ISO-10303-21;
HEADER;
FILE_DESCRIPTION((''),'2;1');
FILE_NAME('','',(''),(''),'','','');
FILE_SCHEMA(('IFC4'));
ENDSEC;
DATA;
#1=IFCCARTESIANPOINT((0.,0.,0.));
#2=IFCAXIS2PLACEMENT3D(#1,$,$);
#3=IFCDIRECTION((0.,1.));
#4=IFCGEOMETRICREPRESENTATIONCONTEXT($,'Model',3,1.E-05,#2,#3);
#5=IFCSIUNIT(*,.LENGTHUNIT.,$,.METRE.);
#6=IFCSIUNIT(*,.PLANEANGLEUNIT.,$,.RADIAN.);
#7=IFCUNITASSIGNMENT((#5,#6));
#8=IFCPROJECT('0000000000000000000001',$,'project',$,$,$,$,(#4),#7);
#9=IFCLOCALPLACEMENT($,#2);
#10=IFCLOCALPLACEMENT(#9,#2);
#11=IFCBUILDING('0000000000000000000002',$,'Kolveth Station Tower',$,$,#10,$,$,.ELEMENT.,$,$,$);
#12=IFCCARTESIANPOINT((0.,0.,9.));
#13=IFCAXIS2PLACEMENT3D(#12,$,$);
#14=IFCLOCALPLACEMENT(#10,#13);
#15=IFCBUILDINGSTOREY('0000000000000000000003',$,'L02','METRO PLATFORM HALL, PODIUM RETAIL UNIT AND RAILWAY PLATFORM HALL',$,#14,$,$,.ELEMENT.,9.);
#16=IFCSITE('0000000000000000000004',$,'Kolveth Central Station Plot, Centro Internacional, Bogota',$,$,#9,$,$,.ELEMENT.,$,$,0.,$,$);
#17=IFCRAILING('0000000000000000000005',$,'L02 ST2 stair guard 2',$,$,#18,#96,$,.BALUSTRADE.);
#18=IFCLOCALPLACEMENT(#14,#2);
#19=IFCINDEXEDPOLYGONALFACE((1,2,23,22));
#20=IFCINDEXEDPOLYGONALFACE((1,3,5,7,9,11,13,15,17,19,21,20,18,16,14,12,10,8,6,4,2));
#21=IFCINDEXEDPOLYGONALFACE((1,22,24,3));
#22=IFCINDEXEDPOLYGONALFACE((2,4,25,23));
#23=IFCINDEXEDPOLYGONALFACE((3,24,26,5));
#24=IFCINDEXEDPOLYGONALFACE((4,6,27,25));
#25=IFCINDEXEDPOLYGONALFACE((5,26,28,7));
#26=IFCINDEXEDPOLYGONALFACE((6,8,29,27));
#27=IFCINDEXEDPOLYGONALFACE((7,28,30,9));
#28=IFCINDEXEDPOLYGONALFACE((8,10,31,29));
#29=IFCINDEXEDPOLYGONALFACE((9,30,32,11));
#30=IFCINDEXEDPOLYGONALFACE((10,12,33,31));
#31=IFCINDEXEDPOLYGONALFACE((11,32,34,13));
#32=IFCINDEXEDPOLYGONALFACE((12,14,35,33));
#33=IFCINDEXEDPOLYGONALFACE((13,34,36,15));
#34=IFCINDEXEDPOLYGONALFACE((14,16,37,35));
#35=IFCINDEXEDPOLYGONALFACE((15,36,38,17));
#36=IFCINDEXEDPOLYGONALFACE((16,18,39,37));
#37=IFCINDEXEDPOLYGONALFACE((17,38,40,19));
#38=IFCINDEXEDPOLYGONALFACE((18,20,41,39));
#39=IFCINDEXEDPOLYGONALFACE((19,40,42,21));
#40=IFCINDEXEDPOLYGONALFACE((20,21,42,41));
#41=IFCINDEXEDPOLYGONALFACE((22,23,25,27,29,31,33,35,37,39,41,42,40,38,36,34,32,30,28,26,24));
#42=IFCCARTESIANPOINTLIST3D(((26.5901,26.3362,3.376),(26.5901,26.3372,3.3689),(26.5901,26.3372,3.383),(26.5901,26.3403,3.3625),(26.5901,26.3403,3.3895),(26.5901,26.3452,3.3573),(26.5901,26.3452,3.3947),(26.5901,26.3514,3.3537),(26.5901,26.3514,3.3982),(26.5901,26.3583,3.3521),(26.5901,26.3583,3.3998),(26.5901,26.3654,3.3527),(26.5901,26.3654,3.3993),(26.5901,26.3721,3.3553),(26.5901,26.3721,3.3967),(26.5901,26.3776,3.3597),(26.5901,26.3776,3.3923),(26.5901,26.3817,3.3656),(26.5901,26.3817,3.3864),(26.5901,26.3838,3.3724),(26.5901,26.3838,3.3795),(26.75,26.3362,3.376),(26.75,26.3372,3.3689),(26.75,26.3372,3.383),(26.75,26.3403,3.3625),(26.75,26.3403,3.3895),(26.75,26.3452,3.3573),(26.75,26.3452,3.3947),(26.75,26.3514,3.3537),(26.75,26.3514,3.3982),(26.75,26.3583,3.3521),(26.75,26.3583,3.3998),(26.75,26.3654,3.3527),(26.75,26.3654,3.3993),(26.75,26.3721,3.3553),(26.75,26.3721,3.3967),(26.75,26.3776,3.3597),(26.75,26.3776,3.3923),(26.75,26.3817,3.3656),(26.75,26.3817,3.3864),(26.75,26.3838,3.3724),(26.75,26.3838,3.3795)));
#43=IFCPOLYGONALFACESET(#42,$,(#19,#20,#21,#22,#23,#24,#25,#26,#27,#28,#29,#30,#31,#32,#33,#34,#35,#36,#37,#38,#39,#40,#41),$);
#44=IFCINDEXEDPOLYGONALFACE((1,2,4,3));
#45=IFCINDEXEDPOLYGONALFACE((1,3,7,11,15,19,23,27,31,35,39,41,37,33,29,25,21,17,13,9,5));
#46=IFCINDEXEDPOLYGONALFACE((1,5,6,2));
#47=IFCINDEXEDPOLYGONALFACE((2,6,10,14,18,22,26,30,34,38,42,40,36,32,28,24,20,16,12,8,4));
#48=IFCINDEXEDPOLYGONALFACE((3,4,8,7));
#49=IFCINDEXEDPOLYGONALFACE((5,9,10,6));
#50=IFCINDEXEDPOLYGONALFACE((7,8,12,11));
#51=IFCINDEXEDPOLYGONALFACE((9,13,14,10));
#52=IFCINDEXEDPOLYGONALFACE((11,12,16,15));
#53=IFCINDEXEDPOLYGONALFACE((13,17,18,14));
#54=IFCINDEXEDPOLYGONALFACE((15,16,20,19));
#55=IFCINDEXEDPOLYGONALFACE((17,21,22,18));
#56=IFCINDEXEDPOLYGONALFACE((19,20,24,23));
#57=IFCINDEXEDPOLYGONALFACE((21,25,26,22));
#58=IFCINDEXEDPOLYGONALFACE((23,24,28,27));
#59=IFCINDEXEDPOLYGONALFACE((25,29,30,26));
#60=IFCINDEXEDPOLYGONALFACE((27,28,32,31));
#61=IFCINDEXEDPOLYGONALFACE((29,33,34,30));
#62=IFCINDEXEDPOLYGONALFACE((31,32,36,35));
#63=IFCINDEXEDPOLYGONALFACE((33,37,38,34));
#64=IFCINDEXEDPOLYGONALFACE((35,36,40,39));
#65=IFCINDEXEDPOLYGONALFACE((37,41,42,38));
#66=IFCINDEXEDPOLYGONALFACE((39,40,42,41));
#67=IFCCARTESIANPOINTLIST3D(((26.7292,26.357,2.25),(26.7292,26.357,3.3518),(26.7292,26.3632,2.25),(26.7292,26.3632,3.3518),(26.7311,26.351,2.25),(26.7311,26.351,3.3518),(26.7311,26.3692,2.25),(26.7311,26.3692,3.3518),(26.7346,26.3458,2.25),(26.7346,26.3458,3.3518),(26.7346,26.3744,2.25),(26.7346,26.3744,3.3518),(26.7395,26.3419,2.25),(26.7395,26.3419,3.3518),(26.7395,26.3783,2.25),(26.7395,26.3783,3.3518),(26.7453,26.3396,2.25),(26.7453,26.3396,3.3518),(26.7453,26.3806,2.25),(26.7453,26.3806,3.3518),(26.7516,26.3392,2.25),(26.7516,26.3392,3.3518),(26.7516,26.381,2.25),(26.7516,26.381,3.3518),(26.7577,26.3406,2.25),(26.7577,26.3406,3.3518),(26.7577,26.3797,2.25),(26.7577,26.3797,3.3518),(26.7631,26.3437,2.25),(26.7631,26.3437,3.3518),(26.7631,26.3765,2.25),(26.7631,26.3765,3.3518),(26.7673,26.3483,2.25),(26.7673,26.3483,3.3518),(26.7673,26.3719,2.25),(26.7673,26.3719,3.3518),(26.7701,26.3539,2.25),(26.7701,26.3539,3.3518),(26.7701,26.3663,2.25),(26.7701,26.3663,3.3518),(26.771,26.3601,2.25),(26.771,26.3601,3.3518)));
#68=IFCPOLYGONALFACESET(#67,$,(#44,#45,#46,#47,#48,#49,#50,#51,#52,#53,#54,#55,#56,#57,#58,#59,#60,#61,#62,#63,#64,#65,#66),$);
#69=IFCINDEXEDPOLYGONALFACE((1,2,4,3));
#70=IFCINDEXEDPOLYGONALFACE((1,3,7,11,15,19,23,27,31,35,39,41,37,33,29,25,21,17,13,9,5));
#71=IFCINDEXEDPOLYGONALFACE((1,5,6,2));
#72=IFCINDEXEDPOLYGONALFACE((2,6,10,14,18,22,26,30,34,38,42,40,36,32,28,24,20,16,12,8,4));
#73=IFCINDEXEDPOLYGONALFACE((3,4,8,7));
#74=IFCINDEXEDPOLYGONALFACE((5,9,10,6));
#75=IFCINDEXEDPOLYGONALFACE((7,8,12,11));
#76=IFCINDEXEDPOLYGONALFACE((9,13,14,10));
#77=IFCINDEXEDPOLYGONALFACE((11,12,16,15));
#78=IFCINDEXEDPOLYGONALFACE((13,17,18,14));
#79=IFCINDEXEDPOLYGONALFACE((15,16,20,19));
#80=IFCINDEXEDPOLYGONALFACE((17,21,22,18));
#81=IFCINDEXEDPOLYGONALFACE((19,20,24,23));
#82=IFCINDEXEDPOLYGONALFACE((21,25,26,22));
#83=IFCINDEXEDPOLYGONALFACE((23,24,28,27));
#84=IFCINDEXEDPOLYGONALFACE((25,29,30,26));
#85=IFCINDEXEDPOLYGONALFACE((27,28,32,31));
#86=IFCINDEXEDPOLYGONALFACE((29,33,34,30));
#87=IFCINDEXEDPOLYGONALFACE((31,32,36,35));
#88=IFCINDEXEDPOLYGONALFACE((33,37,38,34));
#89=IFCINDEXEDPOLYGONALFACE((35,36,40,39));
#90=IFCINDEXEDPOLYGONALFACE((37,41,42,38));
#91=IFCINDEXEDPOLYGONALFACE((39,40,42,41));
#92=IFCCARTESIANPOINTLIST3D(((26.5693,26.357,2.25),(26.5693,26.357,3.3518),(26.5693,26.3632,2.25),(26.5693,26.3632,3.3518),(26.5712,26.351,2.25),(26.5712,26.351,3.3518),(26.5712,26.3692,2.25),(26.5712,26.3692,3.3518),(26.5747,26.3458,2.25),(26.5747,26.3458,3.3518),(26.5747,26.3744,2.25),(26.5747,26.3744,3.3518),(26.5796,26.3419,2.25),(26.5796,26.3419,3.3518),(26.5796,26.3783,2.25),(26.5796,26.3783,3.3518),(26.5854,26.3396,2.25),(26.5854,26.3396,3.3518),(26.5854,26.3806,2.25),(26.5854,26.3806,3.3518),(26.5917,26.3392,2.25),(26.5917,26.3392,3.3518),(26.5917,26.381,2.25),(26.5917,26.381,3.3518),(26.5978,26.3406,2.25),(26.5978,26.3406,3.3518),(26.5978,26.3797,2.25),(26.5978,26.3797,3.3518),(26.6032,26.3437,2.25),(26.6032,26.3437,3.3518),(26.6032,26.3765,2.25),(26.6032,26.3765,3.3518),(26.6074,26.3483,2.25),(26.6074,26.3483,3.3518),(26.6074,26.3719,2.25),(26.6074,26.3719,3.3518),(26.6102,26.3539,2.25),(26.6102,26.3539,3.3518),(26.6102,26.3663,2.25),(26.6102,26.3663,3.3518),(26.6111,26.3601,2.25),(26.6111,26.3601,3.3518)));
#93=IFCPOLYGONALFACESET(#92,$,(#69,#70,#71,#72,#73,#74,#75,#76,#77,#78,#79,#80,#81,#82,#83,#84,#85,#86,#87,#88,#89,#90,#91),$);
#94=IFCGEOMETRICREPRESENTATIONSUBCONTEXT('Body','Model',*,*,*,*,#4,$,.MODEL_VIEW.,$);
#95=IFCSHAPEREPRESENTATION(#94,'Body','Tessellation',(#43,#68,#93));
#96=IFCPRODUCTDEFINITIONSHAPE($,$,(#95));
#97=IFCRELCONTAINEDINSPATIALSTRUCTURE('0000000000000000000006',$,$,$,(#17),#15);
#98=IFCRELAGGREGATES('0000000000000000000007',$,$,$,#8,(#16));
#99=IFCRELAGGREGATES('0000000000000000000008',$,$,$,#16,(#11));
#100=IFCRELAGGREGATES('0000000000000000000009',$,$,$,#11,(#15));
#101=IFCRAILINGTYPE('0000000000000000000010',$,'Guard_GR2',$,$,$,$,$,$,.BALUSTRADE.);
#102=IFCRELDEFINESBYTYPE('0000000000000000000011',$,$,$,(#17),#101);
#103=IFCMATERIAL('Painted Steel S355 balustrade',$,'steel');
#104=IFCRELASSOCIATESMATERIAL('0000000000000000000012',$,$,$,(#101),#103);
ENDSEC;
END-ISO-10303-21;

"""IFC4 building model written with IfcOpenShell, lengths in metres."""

from ifc_helpers import new_model, si_unit, direction, frame, origin, origin_2d, place, context, subcontext, project, spatial, circle, extrude, material, type_object, element, save


model = new_model("IFC4")

# Units and contexts
model_context = context("Model", 3, precision=1e-05, world=origin(), true_north=direction((0.0, 1.0)))
body_context = subcontext(model_context, "Body", "Model", "MODEL_VIEW")
ifc_project = project(units=[si_unit("LENGTHUNIT", "METRE"), si_unit("PLANEANGLEUNIT", "RADIAN")], contexts=[model_context])

# Site, building, storey
site_placement = place(None, origin())
site = spatial("IfcSite", under=ifc_project, at=site_placement, Name="Kolveth Central Station Plot, Centro Internacional, Bogota", CompositionType="ELEMENT", RefElevation=0.0)
building_placement = place(site_placement, origin())
building = spatial("IfcBuilding", under=site, at=building_placement, Name="Kolveth Station Tower", CompositionType="ELEMENT")
storey_placement = place(building_placement, frame((0.0, 0.0, 9.0)))
storey = spatial("IfcBuildingStorey", under=building, at=storey_placement, Name="L02", Description="METRO PLATFORM HALL, PODIUM RETAIL UNIT AND RAILWAY PLATFORM HALL", CompositionType="ELEMENT", Elevation=9.0)

# Railing
ifc_material_1 = material(Name="Painted Steel S355 balustrade", Category="steel")
railing_type_1 = type_object("IfcRailingType", Name="Guard_GR2", PredefinedType="BALUSTRADE", material=ifc_material_1)
railing_1_placement = place(storey_placement, frame((26.75, 26.3601, 2.25)))
element("IfcRailing", 1, at=railing_1_placement, inside=storey, type_object=railing_type_1, Name="L02 ST2 stair guard 2", PredefinedType="BALUSTRADE", context=body_context, shape_type="SweptSolid", body=[
    extrude(circle(Radius=0.0239, at=origin_2d()), frame((0.0, 0.0, 1.126), z_axis=(-1.0, 0.0, 0.0), x_axis=(0.0, -1.0, 0.0)), (0.0, 0.0, 1.0), 0.1599),
    extrude(circle(Radius=0.021, at=origin_2d()), origin(), (0.0, 0.0, 1.0), 1.1018),
    extrude(circle(Radius=0.021, at=origin_2d()), frame((-0.1599, 0.0, 0.0)), (0.0, 0.0, 1.0), 1.1018),
])

save(model, "model.ifc")
